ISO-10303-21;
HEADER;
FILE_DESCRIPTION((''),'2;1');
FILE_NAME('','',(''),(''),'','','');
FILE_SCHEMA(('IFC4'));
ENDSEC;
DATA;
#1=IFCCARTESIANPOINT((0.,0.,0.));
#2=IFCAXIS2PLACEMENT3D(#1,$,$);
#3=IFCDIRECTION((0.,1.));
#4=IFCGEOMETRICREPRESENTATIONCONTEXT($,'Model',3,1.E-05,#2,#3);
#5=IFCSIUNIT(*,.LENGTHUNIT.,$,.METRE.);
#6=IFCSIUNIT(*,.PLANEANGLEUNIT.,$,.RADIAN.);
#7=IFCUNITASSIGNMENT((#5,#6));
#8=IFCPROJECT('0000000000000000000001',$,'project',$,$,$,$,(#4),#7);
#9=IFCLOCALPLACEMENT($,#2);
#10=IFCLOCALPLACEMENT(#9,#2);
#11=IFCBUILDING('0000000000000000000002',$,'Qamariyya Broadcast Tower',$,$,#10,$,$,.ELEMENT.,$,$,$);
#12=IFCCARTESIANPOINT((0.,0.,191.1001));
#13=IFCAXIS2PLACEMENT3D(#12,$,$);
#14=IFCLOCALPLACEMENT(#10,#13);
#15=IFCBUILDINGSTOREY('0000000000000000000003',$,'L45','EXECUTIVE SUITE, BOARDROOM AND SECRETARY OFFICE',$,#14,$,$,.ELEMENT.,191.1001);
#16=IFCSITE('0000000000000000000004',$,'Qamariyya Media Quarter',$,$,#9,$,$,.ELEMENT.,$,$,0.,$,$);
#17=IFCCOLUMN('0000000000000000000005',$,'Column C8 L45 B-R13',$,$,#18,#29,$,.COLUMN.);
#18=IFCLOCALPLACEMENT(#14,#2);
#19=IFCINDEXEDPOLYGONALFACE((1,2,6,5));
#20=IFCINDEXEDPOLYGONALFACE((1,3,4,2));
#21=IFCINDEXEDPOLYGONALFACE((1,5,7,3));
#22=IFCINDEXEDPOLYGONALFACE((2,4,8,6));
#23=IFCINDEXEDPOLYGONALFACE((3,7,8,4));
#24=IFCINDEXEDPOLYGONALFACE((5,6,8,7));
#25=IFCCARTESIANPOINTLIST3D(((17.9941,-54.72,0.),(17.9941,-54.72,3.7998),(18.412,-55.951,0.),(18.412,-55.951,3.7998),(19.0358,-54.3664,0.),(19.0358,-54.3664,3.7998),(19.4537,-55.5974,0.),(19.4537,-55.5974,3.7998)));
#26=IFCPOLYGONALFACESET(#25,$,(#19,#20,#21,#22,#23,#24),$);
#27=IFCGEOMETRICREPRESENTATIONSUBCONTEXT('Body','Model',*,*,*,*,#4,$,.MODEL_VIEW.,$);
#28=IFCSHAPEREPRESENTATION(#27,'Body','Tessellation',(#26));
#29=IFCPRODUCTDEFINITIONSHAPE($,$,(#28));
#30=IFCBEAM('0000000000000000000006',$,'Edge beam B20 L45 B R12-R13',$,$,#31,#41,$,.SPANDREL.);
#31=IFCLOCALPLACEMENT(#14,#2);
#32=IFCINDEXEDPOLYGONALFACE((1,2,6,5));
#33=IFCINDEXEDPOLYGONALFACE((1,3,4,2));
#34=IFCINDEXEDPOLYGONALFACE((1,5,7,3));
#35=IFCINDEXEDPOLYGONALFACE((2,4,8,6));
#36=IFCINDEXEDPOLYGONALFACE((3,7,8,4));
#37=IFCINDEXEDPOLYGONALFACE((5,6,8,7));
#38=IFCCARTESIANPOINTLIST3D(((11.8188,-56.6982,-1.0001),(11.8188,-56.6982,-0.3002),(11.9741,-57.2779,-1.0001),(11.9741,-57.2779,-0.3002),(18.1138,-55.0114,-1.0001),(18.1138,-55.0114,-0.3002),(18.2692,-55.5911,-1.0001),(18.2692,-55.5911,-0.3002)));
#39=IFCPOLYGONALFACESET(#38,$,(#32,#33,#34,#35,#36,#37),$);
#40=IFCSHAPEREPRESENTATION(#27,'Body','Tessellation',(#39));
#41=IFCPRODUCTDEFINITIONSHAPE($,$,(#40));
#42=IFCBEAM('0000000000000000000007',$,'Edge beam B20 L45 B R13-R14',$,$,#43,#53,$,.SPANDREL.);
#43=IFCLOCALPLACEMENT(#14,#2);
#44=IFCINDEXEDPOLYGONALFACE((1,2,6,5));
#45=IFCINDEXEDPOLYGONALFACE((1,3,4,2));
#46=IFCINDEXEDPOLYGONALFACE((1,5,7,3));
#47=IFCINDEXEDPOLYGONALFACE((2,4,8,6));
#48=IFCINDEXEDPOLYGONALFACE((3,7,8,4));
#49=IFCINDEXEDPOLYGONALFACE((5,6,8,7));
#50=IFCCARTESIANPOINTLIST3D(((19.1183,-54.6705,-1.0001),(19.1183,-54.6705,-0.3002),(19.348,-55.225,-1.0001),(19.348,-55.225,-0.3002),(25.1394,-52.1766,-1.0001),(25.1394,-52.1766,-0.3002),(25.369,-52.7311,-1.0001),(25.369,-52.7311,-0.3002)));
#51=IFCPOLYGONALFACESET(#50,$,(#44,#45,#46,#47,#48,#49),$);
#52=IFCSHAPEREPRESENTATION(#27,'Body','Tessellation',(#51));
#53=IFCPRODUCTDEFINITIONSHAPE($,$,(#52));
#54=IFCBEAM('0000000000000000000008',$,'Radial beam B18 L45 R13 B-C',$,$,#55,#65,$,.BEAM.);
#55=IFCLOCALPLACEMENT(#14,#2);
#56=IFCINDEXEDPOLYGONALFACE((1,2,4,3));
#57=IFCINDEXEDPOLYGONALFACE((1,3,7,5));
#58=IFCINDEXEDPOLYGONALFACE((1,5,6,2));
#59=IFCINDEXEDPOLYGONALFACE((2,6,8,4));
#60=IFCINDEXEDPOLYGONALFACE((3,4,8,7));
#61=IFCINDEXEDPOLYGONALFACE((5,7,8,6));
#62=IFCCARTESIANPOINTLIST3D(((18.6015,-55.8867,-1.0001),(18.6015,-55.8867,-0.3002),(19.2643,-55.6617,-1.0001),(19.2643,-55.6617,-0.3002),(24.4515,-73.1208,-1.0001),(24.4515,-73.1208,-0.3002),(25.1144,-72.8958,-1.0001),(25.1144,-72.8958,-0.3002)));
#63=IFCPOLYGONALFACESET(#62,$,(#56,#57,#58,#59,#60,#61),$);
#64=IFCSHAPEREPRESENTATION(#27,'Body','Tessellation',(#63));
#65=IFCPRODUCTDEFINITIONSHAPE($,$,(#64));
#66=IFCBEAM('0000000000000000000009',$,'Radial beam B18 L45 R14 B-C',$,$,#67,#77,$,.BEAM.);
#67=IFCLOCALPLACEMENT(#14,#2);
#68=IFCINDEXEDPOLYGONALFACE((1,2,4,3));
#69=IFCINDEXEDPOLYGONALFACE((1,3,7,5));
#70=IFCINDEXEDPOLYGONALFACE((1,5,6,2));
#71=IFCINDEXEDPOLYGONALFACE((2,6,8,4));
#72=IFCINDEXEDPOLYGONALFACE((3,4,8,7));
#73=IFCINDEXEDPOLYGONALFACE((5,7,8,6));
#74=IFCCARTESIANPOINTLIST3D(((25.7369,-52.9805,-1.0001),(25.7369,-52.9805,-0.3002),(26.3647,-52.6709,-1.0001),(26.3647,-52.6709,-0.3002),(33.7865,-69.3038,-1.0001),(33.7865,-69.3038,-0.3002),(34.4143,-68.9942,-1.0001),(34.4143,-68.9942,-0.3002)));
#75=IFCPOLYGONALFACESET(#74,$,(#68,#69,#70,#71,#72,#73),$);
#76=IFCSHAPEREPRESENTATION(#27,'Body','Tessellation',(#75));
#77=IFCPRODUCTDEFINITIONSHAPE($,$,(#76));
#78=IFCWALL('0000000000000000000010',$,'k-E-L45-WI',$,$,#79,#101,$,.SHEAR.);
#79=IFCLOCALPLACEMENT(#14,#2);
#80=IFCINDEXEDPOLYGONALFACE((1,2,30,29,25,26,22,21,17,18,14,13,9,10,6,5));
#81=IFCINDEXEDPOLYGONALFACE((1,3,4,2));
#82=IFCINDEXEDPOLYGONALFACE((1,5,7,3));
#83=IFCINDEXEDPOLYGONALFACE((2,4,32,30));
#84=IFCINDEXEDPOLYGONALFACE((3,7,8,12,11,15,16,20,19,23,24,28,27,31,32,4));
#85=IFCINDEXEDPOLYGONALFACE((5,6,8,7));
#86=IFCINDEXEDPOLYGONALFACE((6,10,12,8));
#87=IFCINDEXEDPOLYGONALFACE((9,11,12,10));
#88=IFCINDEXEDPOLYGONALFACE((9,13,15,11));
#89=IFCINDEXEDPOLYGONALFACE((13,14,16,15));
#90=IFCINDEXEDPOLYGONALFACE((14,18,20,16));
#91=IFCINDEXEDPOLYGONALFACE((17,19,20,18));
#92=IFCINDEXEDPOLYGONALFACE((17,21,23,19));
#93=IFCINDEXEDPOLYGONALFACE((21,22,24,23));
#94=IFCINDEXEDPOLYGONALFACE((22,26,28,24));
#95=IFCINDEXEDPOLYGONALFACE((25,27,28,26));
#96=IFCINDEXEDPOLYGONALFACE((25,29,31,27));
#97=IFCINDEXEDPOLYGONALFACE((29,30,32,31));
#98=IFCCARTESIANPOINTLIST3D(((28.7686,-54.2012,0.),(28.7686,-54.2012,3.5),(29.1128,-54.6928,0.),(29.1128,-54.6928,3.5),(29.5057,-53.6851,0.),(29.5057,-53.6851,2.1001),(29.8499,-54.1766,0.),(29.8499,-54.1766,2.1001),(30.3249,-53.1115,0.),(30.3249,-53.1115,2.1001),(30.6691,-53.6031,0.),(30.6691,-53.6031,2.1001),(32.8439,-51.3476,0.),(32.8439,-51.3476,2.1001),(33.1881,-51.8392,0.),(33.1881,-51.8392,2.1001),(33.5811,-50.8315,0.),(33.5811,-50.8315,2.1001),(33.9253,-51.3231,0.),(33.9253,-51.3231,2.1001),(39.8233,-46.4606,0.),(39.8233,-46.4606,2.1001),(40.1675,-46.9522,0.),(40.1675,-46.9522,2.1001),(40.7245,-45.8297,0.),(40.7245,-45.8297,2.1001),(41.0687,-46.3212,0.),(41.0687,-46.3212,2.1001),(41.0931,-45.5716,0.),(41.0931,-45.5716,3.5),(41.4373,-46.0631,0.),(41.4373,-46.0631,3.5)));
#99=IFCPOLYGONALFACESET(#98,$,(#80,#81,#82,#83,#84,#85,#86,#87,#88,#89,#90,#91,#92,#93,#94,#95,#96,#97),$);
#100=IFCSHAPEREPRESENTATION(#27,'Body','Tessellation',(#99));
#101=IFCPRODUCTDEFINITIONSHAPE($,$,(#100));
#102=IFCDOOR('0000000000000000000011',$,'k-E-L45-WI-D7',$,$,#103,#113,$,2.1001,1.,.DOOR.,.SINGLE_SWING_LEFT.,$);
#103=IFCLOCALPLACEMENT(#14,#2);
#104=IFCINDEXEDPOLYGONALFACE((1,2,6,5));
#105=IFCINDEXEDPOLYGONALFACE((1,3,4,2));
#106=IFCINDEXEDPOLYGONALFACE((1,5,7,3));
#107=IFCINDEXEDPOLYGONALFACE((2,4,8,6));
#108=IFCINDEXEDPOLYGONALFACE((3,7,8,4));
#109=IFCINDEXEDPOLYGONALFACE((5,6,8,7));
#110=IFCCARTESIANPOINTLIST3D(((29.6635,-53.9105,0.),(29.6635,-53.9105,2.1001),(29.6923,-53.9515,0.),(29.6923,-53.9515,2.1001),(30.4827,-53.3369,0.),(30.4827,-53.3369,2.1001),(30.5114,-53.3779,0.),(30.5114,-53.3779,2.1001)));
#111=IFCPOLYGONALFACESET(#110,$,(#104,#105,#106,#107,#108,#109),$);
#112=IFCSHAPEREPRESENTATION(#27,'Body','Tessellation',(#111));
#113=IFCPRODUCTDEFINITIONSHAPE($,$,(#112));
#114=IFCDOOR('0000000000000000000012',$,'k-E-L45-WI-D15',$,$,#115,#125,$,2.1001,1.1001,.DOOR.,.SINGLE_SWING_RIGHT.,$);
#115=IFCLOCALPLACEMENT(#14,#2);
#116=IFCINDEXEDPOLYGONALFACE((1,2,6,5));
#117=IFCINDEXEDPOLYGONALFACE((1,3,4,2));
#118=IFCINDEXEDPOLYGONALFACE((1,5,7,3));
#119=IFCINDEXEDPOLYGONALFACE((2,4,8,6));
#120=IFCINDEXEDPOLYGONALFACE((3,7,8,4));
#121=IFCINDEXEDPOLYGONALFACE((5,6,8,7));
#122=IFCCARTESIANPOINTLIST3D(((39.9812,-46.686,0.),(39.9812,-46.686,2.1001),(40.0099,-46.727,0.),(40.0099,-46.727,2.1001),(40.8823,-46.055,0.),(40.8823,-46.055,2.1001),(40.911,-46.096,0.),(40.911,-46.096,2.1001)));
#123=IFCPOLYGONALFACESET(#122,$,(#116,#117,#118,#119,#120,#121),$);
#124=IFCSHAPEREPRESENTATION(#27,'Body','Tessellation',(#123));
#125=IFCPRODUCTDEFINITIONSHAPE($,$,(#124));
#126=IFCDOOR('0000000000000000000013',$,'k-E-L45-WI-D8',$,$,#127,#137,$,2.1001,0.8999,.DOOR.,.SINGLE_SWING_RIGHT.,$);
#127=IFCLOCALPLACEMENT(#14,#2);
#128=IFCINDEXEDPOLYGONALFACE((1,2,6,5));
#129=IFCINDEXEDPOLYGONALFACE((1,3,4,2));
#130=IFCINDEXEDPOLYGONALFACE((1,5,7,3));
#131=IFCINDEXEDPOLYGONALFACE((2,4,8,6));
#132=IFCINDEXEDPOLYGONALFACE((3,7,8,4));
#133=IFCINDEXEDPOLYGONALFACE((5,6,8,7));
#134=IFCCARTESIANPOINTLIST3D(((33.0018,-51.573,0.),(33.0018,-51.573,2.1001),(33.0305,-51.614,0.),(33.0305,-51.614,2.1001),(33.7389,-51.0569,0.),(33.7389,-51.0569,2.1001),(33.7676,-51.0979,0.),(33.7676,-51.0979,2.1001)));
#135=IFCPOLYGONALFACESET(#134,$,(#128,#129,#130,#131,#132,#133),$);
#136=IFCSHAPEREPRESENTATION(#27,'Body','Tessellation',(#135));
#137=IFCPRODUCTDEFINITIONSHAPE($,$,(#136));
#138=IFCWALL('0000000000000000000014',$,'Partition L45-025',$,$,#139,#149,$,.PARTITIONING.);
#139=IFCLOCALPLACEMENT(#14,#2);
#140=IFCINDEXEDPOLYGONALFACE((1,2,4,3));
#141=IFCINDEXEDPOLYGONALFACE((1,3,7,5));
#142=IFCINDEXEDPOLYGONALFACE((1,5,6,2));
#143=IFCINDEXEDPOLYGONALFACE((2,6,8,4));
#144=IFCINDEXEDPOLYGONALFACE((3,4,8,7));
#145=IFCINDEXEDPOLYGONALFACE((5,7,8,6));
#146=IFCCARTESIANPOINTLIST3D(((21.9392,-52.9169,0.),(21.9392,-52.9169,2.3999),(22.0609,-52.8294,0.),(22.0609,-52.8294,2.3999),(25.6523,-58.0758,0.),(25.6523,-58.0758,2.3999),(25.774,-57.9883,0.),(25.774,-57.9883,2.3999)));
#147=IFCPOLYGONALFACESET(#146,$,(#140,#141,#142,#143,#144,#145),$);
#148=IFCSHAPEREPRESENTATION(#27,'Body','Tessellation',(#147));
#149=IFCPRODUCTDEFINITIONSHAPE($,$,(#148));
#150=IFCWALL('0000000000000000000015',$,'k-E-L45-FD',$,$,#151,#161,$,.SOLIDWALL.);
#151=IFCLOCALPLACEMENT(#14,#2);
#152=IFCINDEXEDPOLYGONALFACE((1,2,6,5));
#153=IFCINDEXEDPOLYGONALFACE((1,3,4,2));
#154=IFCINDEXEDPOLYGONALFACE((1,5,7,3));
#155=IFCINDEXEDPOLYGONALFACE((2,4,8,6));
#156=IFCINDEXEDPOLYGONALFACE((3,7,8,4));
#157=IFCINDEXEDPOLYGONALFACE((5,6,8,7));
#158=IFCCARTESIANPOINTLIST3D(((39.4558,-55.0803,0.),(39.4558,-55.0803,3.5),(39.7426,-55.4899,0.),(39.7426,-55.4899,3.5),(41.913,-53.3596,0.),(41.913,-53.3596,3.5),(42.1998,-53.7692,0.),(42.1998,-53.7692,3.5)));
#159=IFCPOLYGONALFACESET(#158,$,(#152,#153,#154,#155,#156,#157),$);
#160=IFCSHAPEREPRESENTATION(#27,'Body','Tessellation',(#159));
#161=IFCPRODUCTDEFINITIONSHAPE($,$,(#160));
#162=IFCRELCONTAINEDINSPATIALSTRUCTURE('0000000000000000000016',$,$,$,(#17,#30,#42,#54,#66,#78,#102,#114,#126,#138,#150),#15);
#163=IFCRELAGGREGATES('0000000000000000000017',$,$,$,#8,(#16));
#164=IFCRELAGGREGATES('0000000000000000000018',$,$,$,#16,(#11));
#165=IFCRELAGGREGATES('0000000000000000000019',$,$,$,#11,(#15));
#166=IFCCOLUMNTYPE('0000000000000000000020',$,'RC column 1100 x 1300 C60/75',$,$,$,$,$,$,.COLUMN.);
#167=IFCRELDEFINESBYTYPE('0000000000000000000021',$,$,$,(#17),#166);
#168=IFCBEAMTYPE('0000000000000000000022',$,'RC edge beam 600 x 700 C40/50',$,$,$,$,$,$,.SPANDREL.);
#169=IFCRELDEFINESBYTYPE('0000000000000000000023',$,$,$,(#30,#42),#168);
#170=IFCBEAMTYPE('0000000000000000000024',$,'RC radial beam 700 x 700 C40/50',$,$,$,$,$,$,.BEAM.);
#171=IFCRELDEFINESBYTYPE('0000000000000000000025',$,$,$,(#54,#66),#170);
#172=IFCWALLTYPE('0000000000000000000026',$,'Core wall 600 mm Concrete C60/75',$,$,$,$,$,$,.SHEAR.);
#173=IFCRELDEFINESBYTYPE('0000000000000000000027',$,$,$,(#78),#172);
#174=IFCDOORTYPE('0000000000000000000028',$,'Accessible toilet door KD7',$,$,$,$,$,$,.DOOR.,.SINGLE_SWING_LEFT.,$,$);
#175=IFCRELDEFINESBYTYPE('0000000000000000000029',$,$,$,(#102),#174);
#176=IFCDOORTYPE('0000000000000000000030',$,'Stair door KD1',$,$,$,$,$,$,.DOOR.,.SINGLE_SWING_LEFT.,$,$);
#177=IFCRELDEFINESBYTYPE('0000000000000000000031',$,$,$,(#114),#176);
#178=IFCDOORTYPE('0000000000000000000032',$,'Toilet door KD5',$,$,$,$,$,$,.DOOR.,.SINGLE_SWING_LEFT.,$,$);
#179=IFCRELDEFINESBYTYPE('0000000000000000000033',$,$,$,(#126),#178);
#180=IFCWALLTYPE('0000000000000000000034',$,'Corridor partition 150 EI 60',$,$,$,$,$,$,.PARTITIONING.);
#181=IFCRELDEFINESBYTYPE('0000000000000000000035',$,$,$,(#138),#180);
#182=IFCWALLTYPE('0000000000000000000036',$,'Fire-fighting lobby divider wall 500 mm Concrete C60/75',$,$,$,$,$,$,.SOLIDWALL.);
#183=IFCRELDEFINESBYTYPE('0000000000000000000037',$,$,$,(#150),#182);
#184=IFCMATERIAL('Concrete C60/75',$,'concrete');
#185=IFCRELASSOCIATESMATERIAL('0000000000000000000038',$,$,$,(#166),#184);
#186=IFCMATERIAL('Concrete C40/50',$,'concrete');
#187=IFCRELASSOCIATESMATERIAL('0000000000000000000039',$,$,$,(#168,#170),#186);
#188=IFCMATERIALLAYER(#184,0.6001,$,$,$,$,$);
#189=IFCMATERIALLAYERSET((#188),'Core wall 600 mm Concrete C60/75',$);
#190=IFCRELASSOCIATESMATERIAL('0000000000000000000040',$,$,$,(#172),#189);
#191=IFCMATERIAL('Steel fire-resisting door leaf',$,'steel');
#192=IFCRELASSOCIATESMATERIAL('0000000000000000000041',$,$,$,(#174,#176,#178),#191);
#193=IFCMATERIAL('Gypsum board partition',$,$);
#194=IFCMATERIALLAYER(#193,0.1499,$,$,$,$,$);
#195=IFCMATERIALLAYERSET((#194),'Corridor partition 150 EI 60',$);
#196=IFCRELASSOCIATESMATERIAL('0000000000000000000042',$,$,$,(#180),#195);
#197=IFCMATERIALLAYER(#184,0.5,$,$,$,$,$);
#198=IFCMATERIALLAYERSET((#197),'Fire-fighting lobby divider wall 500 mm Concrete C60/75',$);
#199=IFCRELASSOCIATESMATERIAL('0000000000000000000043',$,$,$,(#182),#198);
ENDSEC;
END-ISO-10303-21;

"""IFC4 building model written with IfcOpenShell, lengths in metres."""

from ifc_helpers import new_model, si_unit, direction, frame, frame_2d, origin, origin_2d, place, context, subcontext, project, spatial, rectangle, extrude, material, layer, layer_set, material_profile, profile_set, type_object, element, fill, save


model = new_model("IFC4")

# Units and contexts
model_context = context("Model", 3, precision=1e-05, world=origin(), true_north=direction((0.0, 1.0)))
body_context = subcontext(model_context, "Body", "Model", "MODEL_VIEW")
ifc_project = project(units=[si_unit("LENGTHUNIT", "METRE"), si_unit("PLANEANGLEUNIT", "RADIAN")], contexts=[model_context])

# Site, building, storey
site_placement = place(None, origin())
site = spatial("IfcSite", under=ifc_project, at=site_placement, Name="Qamariyya Media Quarter", CompositionType="ELEMENT", RefElevation=0.0)
building_placement = place(site_placement, origin())
building = spatial("IfcBuilding", under=site, at=building_placement, Name="Qamariyya Broadcast Tower", CompositionType="ELEMENT")
storey_placement = place(building_placement, frame((0.0, 0.0, 191.1001)))
storey = spatial("IfcBuildingStorey", under=building, at=storey_placement, Name="L45", Description="EXECUTIVE SUITE, BOARDROOM AND SECRETARY OFFICE", CompositionType="ELEMENT", Elevation=191.1001)

# Column
ifc_material_1 = material(Name="Concrete C60/75", Category="concrete")
ifc_material_profile_1 = material_profile(ifc_material_1, rectangle(XDim=1.1001, YDim=1.3, at=origin_2d()))
ifc_profile_set_1 = profile_set([ifc_material_profile_1], Name="Concrete C60/75")
column_type = type_object("IfcColumnType", Name="RC column 1100 x 1300 C60/75", PredefinedType="COLUMN", material=ifc_profile_set_1)
column_placement = place(storey_placement, frame((18.7239, -55.1587, 0.0), z_axis=(0.0, 0.0, 1.0), x_axis=(0.94693, 0.321439, 0.0)))
element("IfcColumn", 1, at=column_placement, inside=storey, type_object=column_type, Name="Column C8 L45 B-R13", PredefinedType="COLUMN", context=body_context, shape_type="SweptSolid", body=[
    extrude(rectangle(XDim=1.1001, YDim=1.3, at=origin_2d()), origin(), (0.0, 0.0, 1.0), 3.7998),
])

# Beams
ifc_material_2 = material(Name="Concrete C40/50", Category="concrete")
ifc_material_profile_2 = material_profile(ifc_material_2, rectangle(XDim=0.6001, YDim=0.7, at=origin_2d()))
ifc_profile_set_2 = profile_set([ifc_material_profile_2], Name="Concrete C40/50")
beam_type_1 = type_object("IfcBeamType", Name="RC edge beam 600 x 700 C40/50", PredefinedType="SPANDREL", material=ifc_profile_set_2)
for number, where, z_axis, x_axis, name in (
    (2, (11.8965, -56.988, -0.6501), (0.965924, 0.258826, 0.0), (-0.258826, 0.965924, 0.0), "Edge beam B20 L45 B R12-R13"),
    (3, (19.2332, -54.9478, -0.6501), (0.923884, 0.382673, 0.0), (-0.382673, 0.923884, 0.0), "Edge beam B20 L45 B R13-R14"),
):
    element("IfcBeam", number, at=place(storey_placement, frame(where, z_axis=z_axis, x_axis=x_axis)), inside=storey, type_object=beam_type_1, Name=name, PredefinedType="SPANDREL", context=body_context, shape_type="SweptSolid", body=[
        extrude(rectangle(XDim=0.6001, YDim=0.7, at=origin_2d()), origin(), (0.0, 0.0, 1.0), 6.5171),
    ])
ifc_material_profile_3 = material_profile(ifc_material_2, rectangle(XDim=0.7, YDim=0.7, at=origin_2d()))
ifc_profile_set_3 = profile_set([ifc_material_profile_3], Name="Concrete C40/50")
beam_type_2 = type_object("IfcBeamType", Name="RC radial beam 700 x 700 C40/50", PredefinedType="BEAM", material=ifc_profile_set_3)
beam_1_placement = place(storey_placement, frame((18.9329, -55.7742, -0.6501), z_axis=(0.321434, -0.946932, 0.0), x_axis=(0.946932, 0.321434, 0.0)))
element("IfcBeam", 4, at=beam_1_placement, inside=storey, type_object=beam_type_2, Name="Radial beam B18 L45 R13 B-C", PredefinedType="BEAM", context=body_context, shape_type="SweptSolid", body=[
    extrude(rectangle(XDim=0.7, YDim=0.7, at=origin_2d()), origin(), (0.0, 0.0, 1.0), 18.2),
])
beam_2_placement = place(storey_placement, frame((26.0508, -52.8257, -0.6501), z_axis=(0.442281, -0.896876, 0.0), x_axis=(0.896876, 0.442281, 0.0)))
element("IfcBeam", 5, at=beam_2_placement, inside=storey, type_object=beam_type_2, Name="Radial beam B18 L45 R14 B-C", PredefinedType="BEAM", context=body_context, shape_type="SweptSolid", body=[
    extrude(rectangle(XDim=0.7, YDim=0.7, at=origin_2d()), origin(), (0.0, 0.0, 1.0), 18.2002),
])

# Wall, openings, doors
ifc_layer_1 = layer(ifc_material_1, 0.6001)
ifc_layer_set_1 = layer_set([ifc_layer_1], Name="Core wall 600 mm Concrete C60/75")
wall_type_1 = type_object("IfcWallType", Name="Core wall 600 mm Concrete C60/75", PredefinedType="SHEAR", material=ifc_layer_set_1)
wall_1_placement = place(storey_placement, frame((28.9407, -54.447, 0.0), z_axis=(0.0, 0.0, 1.0), x_axis=(0.819153, 0.573575, 0.0)))
wall_1 = element("IfcWall", 6, at=wall_1_placement, inside=storey, type_object=wall_type_1, Name="k-E-L45-WI", PredefinedType="SHEAR", context=body_context, shape_type="SweptSolid", body=[
    extrude(rectangle(XDim=15.0454, YDim=0.6001, at=frame_2d((7.5227, 0.0))), origin(), (0.0, 0.0, 1.0), 3.5),
])
opening_1_placement = place(wall_1_placement, frame((0.8999, 0.0, 0.0)))
opening_1 = element("IfcOpeningElement", 7, at=opening_1_placement, cuts=wall_1, PredefinedType="OPENING", context=body_context, shape_type="SweptSolid", body=[
    extrude(rectangle(XDim=1.0, YDim=2.1001, at=frame_2d((0.5, 1.05))), frame((0.0, 0.3101, 0.0), z_axis=(0.0, -1.0, 0.0), x_axis=(1.0, 0.0, 0.0)), (0.0, 0.0, 1.0), 0.6201),
])
opening_2_placement = place(wall_1_placement, frame((4.9751, 0.0, 0.0)))
opening_2 = element("IfcOpeningElement", 8, at=opening_2_placement, cuts=wall_1, PredefinedType="OPENING", context=body_context, shape_type="SweptSolid", body=[
    extrude(rectangle(XDim=0.8999, YDim=2.1001, at=frame_2d((0.45, 1.05))), frame((0.0, 0.3101, 0.0), z_axis=(0.0, -1.0, 0.0), x_axis=(1.0, 0.0, 0.0)), (0.0, 0.0, 1.0), 0.6201),
])
opening_3_placement = place(wall_1_placement, frame((13.4954, 0.0, 0.0)))
opening_3 = element("IfcOpeningElement", 9, at=opening_3_placement, cuts=wall_1, PredefinedType="OPENING", context=body_context, shape_type="SweptSolid", body=[
    extrude(rectangle(XDim=1.1001, YDim=2.1001, at=frame_2d((0.55, 1.05))), frame((0.0, 0.3101, 0.0), z_axis=(0.0, -1.0, 0.0), x_axis=(1.0, 0.0, 0.0)), (0.0, 0.0, 1.0), 0.6201),
])
ifc_material_3 = material(Name="Steel fire-resisting door leaf", Category="steel")
door_type_1 = type_object("IfcDoorType", Name="Accessible toilet door KD7", OperationType="SINGLE_SWING_LEFT", PredefinedType="DOOR", material=ifc_material_3)
door_1_placement = place(opening_1_placement, origin())
door_1 = element("IfcDoor", 10, at=door_1_placement, inside=storey, type_object=door_type_1, Name="k-E-L45-WI-D7", OperationType="SINGLE_SWING_LEFT", OverallHeight=2.1001, OverallWidth=1.0, PredefinedType="DOOR", context=body_context, shape_type="SweptSolid", body=[
    extrude(rectangle(XDim=1.0, YDim=2.1001, at=frame_2d((0.5, 1.05))), frame((0.0, 0.0249, 0.0), z_axis=(0.0, -1.0, 0.0), x_axis=(1.0, 0.0, 0.0)), (0.0, 0.0, 1.0), 0.05),
])
fill(opening_1, door_1)
door_type_2 = type_object("IfcDoorType", Name="Stair door KD1", OperationType="SINGLE_SWING_LEFT", PredefinedType="DOOR", material=ifc_material_3)
door_2_placement = place(opening_3_placement, origin())
door_2 = element("IfcDoor", 11, at=door_2_placement, inside=storey, type_object=door_type_2, Name="k-E-L45-WI-D15", OperationType="SINGLE_SWING_RIGHT", OverallHeight=2.1001, OverallWidth=1.1001, PredefinedType="DOOR", context=body_context, shape_type="SweptSolid", body=[
    extrude(rectangle(XDim=1.1001, YDim=2.1001, at=frame_2d((0.55, 1.05))), frame((0.0, 0.0249, 0.0), z_axis=(0.0, -1.0, 0.0), x_axis=(1.0, 0.0, 0.0)), (0.0, 0.0, 1.0), 0.05),
])
fill(opening_3, door_2)
door_type_3 = type_object("IfcDoorType", Name="Toilet door KD5", OperationType="SINGLE_SWING_LEFT", PredefinedType="DOOR", material=ifc_material_3)
door_3_placement = place(opening_2_placement, origin())
door_3 = element("IfcDoor", 12, at=door_3_placement, inside=storey, type_object=door_type_3, Name="k-E-L45-WI-D8", OperationType="SINGLE_SWING_RIGHT", OverallHeight=2.1001, OverallWidth=0.8999, PredefinedType="DOOR", context=body_context, shape_type="SweptSolid", body=[
    extrude(rectangle(XDim=0.8999, YDim=2.1001, at=frame_2d((0.45, 1.05))), frame((0.0, 0.0249, 0.0), z_axis=(0.0, -1.0, 0.0), x_axis=(1.0, 0.0, 0.0)), (0.0, 0.0, 1.0), 0.05),
])
fill(opening_2, door_3)

# Walls
ifc_material_4 = material(Name="Gypsum board partition")
ifc_layer_2 = layer(ifc_material_4, 0.1499)
ifc_layer_set_2 = layer_set([ifc_layer_2], Name="Corridor partition 150 EI 60")
wall_type_2 = type_object("IfcWallType", Name="Corridor partition 150 EI 60", PredefinedType="PARTITIONING", material=ifc_layer_set_2)
wall_2_placement = place(storey_placement, frame((22.0, -52.873, 0.0), z_axis=(0.0, 0.0, 1.0), x_axis=(0.58417, -0.811631, 0.0)))
element("IfcWall", 13, at=wall_2_placement, inside=storey, type_object=wall_type_2, Name="Partition L45-025", PredefinedType="PARTITIONING", context=body_context, shape_type="SweptSolid", body=[
    extrude(rectangle(XDim=6.3562, YDim=0.1499, at=frame_2d((3.1782, 0.0))), origin(), (0.0, 0.0, 1.0), 2.3999),
])
ifc_layer_3 = layer(ifc_material_1, 0.5)
ifc_layer_set_3 = layer_set([ifc_layer_3], Name="Fire-fighting lobby divider wall 500 mm Concrete C60/75")
wall_type_3 = type_object("IfcWallType", Name="Fire-fighting lobby divider wall 500 mm Concrete C60/75", PredefinedType="SOLIDWALL", material=ifc_layer_set_3)
wall_3_placement = place(storey_placement, frame((39.5991, -55.2852, 0.0), z_axis=(0.0, 0.0, 1.0), x_axis=(0.819136, 0.573599, 0.0)))
element("IfcWall", 14, at=wall_3_placement, inside=storey, type_object=wall_type_3, Name="k-E-L45-FD", PredefinedType="SOLIDWALL", context=body_context, shape_type="SweptSolid", body=[
    extrude(rectangle(XDim=2.9998, YDim=0.5, at=frame_2d((1.5, 0.0))), origin(), (0.0, 0.0, 1.0), 3.5),
])

save(model, "model.ifc")
